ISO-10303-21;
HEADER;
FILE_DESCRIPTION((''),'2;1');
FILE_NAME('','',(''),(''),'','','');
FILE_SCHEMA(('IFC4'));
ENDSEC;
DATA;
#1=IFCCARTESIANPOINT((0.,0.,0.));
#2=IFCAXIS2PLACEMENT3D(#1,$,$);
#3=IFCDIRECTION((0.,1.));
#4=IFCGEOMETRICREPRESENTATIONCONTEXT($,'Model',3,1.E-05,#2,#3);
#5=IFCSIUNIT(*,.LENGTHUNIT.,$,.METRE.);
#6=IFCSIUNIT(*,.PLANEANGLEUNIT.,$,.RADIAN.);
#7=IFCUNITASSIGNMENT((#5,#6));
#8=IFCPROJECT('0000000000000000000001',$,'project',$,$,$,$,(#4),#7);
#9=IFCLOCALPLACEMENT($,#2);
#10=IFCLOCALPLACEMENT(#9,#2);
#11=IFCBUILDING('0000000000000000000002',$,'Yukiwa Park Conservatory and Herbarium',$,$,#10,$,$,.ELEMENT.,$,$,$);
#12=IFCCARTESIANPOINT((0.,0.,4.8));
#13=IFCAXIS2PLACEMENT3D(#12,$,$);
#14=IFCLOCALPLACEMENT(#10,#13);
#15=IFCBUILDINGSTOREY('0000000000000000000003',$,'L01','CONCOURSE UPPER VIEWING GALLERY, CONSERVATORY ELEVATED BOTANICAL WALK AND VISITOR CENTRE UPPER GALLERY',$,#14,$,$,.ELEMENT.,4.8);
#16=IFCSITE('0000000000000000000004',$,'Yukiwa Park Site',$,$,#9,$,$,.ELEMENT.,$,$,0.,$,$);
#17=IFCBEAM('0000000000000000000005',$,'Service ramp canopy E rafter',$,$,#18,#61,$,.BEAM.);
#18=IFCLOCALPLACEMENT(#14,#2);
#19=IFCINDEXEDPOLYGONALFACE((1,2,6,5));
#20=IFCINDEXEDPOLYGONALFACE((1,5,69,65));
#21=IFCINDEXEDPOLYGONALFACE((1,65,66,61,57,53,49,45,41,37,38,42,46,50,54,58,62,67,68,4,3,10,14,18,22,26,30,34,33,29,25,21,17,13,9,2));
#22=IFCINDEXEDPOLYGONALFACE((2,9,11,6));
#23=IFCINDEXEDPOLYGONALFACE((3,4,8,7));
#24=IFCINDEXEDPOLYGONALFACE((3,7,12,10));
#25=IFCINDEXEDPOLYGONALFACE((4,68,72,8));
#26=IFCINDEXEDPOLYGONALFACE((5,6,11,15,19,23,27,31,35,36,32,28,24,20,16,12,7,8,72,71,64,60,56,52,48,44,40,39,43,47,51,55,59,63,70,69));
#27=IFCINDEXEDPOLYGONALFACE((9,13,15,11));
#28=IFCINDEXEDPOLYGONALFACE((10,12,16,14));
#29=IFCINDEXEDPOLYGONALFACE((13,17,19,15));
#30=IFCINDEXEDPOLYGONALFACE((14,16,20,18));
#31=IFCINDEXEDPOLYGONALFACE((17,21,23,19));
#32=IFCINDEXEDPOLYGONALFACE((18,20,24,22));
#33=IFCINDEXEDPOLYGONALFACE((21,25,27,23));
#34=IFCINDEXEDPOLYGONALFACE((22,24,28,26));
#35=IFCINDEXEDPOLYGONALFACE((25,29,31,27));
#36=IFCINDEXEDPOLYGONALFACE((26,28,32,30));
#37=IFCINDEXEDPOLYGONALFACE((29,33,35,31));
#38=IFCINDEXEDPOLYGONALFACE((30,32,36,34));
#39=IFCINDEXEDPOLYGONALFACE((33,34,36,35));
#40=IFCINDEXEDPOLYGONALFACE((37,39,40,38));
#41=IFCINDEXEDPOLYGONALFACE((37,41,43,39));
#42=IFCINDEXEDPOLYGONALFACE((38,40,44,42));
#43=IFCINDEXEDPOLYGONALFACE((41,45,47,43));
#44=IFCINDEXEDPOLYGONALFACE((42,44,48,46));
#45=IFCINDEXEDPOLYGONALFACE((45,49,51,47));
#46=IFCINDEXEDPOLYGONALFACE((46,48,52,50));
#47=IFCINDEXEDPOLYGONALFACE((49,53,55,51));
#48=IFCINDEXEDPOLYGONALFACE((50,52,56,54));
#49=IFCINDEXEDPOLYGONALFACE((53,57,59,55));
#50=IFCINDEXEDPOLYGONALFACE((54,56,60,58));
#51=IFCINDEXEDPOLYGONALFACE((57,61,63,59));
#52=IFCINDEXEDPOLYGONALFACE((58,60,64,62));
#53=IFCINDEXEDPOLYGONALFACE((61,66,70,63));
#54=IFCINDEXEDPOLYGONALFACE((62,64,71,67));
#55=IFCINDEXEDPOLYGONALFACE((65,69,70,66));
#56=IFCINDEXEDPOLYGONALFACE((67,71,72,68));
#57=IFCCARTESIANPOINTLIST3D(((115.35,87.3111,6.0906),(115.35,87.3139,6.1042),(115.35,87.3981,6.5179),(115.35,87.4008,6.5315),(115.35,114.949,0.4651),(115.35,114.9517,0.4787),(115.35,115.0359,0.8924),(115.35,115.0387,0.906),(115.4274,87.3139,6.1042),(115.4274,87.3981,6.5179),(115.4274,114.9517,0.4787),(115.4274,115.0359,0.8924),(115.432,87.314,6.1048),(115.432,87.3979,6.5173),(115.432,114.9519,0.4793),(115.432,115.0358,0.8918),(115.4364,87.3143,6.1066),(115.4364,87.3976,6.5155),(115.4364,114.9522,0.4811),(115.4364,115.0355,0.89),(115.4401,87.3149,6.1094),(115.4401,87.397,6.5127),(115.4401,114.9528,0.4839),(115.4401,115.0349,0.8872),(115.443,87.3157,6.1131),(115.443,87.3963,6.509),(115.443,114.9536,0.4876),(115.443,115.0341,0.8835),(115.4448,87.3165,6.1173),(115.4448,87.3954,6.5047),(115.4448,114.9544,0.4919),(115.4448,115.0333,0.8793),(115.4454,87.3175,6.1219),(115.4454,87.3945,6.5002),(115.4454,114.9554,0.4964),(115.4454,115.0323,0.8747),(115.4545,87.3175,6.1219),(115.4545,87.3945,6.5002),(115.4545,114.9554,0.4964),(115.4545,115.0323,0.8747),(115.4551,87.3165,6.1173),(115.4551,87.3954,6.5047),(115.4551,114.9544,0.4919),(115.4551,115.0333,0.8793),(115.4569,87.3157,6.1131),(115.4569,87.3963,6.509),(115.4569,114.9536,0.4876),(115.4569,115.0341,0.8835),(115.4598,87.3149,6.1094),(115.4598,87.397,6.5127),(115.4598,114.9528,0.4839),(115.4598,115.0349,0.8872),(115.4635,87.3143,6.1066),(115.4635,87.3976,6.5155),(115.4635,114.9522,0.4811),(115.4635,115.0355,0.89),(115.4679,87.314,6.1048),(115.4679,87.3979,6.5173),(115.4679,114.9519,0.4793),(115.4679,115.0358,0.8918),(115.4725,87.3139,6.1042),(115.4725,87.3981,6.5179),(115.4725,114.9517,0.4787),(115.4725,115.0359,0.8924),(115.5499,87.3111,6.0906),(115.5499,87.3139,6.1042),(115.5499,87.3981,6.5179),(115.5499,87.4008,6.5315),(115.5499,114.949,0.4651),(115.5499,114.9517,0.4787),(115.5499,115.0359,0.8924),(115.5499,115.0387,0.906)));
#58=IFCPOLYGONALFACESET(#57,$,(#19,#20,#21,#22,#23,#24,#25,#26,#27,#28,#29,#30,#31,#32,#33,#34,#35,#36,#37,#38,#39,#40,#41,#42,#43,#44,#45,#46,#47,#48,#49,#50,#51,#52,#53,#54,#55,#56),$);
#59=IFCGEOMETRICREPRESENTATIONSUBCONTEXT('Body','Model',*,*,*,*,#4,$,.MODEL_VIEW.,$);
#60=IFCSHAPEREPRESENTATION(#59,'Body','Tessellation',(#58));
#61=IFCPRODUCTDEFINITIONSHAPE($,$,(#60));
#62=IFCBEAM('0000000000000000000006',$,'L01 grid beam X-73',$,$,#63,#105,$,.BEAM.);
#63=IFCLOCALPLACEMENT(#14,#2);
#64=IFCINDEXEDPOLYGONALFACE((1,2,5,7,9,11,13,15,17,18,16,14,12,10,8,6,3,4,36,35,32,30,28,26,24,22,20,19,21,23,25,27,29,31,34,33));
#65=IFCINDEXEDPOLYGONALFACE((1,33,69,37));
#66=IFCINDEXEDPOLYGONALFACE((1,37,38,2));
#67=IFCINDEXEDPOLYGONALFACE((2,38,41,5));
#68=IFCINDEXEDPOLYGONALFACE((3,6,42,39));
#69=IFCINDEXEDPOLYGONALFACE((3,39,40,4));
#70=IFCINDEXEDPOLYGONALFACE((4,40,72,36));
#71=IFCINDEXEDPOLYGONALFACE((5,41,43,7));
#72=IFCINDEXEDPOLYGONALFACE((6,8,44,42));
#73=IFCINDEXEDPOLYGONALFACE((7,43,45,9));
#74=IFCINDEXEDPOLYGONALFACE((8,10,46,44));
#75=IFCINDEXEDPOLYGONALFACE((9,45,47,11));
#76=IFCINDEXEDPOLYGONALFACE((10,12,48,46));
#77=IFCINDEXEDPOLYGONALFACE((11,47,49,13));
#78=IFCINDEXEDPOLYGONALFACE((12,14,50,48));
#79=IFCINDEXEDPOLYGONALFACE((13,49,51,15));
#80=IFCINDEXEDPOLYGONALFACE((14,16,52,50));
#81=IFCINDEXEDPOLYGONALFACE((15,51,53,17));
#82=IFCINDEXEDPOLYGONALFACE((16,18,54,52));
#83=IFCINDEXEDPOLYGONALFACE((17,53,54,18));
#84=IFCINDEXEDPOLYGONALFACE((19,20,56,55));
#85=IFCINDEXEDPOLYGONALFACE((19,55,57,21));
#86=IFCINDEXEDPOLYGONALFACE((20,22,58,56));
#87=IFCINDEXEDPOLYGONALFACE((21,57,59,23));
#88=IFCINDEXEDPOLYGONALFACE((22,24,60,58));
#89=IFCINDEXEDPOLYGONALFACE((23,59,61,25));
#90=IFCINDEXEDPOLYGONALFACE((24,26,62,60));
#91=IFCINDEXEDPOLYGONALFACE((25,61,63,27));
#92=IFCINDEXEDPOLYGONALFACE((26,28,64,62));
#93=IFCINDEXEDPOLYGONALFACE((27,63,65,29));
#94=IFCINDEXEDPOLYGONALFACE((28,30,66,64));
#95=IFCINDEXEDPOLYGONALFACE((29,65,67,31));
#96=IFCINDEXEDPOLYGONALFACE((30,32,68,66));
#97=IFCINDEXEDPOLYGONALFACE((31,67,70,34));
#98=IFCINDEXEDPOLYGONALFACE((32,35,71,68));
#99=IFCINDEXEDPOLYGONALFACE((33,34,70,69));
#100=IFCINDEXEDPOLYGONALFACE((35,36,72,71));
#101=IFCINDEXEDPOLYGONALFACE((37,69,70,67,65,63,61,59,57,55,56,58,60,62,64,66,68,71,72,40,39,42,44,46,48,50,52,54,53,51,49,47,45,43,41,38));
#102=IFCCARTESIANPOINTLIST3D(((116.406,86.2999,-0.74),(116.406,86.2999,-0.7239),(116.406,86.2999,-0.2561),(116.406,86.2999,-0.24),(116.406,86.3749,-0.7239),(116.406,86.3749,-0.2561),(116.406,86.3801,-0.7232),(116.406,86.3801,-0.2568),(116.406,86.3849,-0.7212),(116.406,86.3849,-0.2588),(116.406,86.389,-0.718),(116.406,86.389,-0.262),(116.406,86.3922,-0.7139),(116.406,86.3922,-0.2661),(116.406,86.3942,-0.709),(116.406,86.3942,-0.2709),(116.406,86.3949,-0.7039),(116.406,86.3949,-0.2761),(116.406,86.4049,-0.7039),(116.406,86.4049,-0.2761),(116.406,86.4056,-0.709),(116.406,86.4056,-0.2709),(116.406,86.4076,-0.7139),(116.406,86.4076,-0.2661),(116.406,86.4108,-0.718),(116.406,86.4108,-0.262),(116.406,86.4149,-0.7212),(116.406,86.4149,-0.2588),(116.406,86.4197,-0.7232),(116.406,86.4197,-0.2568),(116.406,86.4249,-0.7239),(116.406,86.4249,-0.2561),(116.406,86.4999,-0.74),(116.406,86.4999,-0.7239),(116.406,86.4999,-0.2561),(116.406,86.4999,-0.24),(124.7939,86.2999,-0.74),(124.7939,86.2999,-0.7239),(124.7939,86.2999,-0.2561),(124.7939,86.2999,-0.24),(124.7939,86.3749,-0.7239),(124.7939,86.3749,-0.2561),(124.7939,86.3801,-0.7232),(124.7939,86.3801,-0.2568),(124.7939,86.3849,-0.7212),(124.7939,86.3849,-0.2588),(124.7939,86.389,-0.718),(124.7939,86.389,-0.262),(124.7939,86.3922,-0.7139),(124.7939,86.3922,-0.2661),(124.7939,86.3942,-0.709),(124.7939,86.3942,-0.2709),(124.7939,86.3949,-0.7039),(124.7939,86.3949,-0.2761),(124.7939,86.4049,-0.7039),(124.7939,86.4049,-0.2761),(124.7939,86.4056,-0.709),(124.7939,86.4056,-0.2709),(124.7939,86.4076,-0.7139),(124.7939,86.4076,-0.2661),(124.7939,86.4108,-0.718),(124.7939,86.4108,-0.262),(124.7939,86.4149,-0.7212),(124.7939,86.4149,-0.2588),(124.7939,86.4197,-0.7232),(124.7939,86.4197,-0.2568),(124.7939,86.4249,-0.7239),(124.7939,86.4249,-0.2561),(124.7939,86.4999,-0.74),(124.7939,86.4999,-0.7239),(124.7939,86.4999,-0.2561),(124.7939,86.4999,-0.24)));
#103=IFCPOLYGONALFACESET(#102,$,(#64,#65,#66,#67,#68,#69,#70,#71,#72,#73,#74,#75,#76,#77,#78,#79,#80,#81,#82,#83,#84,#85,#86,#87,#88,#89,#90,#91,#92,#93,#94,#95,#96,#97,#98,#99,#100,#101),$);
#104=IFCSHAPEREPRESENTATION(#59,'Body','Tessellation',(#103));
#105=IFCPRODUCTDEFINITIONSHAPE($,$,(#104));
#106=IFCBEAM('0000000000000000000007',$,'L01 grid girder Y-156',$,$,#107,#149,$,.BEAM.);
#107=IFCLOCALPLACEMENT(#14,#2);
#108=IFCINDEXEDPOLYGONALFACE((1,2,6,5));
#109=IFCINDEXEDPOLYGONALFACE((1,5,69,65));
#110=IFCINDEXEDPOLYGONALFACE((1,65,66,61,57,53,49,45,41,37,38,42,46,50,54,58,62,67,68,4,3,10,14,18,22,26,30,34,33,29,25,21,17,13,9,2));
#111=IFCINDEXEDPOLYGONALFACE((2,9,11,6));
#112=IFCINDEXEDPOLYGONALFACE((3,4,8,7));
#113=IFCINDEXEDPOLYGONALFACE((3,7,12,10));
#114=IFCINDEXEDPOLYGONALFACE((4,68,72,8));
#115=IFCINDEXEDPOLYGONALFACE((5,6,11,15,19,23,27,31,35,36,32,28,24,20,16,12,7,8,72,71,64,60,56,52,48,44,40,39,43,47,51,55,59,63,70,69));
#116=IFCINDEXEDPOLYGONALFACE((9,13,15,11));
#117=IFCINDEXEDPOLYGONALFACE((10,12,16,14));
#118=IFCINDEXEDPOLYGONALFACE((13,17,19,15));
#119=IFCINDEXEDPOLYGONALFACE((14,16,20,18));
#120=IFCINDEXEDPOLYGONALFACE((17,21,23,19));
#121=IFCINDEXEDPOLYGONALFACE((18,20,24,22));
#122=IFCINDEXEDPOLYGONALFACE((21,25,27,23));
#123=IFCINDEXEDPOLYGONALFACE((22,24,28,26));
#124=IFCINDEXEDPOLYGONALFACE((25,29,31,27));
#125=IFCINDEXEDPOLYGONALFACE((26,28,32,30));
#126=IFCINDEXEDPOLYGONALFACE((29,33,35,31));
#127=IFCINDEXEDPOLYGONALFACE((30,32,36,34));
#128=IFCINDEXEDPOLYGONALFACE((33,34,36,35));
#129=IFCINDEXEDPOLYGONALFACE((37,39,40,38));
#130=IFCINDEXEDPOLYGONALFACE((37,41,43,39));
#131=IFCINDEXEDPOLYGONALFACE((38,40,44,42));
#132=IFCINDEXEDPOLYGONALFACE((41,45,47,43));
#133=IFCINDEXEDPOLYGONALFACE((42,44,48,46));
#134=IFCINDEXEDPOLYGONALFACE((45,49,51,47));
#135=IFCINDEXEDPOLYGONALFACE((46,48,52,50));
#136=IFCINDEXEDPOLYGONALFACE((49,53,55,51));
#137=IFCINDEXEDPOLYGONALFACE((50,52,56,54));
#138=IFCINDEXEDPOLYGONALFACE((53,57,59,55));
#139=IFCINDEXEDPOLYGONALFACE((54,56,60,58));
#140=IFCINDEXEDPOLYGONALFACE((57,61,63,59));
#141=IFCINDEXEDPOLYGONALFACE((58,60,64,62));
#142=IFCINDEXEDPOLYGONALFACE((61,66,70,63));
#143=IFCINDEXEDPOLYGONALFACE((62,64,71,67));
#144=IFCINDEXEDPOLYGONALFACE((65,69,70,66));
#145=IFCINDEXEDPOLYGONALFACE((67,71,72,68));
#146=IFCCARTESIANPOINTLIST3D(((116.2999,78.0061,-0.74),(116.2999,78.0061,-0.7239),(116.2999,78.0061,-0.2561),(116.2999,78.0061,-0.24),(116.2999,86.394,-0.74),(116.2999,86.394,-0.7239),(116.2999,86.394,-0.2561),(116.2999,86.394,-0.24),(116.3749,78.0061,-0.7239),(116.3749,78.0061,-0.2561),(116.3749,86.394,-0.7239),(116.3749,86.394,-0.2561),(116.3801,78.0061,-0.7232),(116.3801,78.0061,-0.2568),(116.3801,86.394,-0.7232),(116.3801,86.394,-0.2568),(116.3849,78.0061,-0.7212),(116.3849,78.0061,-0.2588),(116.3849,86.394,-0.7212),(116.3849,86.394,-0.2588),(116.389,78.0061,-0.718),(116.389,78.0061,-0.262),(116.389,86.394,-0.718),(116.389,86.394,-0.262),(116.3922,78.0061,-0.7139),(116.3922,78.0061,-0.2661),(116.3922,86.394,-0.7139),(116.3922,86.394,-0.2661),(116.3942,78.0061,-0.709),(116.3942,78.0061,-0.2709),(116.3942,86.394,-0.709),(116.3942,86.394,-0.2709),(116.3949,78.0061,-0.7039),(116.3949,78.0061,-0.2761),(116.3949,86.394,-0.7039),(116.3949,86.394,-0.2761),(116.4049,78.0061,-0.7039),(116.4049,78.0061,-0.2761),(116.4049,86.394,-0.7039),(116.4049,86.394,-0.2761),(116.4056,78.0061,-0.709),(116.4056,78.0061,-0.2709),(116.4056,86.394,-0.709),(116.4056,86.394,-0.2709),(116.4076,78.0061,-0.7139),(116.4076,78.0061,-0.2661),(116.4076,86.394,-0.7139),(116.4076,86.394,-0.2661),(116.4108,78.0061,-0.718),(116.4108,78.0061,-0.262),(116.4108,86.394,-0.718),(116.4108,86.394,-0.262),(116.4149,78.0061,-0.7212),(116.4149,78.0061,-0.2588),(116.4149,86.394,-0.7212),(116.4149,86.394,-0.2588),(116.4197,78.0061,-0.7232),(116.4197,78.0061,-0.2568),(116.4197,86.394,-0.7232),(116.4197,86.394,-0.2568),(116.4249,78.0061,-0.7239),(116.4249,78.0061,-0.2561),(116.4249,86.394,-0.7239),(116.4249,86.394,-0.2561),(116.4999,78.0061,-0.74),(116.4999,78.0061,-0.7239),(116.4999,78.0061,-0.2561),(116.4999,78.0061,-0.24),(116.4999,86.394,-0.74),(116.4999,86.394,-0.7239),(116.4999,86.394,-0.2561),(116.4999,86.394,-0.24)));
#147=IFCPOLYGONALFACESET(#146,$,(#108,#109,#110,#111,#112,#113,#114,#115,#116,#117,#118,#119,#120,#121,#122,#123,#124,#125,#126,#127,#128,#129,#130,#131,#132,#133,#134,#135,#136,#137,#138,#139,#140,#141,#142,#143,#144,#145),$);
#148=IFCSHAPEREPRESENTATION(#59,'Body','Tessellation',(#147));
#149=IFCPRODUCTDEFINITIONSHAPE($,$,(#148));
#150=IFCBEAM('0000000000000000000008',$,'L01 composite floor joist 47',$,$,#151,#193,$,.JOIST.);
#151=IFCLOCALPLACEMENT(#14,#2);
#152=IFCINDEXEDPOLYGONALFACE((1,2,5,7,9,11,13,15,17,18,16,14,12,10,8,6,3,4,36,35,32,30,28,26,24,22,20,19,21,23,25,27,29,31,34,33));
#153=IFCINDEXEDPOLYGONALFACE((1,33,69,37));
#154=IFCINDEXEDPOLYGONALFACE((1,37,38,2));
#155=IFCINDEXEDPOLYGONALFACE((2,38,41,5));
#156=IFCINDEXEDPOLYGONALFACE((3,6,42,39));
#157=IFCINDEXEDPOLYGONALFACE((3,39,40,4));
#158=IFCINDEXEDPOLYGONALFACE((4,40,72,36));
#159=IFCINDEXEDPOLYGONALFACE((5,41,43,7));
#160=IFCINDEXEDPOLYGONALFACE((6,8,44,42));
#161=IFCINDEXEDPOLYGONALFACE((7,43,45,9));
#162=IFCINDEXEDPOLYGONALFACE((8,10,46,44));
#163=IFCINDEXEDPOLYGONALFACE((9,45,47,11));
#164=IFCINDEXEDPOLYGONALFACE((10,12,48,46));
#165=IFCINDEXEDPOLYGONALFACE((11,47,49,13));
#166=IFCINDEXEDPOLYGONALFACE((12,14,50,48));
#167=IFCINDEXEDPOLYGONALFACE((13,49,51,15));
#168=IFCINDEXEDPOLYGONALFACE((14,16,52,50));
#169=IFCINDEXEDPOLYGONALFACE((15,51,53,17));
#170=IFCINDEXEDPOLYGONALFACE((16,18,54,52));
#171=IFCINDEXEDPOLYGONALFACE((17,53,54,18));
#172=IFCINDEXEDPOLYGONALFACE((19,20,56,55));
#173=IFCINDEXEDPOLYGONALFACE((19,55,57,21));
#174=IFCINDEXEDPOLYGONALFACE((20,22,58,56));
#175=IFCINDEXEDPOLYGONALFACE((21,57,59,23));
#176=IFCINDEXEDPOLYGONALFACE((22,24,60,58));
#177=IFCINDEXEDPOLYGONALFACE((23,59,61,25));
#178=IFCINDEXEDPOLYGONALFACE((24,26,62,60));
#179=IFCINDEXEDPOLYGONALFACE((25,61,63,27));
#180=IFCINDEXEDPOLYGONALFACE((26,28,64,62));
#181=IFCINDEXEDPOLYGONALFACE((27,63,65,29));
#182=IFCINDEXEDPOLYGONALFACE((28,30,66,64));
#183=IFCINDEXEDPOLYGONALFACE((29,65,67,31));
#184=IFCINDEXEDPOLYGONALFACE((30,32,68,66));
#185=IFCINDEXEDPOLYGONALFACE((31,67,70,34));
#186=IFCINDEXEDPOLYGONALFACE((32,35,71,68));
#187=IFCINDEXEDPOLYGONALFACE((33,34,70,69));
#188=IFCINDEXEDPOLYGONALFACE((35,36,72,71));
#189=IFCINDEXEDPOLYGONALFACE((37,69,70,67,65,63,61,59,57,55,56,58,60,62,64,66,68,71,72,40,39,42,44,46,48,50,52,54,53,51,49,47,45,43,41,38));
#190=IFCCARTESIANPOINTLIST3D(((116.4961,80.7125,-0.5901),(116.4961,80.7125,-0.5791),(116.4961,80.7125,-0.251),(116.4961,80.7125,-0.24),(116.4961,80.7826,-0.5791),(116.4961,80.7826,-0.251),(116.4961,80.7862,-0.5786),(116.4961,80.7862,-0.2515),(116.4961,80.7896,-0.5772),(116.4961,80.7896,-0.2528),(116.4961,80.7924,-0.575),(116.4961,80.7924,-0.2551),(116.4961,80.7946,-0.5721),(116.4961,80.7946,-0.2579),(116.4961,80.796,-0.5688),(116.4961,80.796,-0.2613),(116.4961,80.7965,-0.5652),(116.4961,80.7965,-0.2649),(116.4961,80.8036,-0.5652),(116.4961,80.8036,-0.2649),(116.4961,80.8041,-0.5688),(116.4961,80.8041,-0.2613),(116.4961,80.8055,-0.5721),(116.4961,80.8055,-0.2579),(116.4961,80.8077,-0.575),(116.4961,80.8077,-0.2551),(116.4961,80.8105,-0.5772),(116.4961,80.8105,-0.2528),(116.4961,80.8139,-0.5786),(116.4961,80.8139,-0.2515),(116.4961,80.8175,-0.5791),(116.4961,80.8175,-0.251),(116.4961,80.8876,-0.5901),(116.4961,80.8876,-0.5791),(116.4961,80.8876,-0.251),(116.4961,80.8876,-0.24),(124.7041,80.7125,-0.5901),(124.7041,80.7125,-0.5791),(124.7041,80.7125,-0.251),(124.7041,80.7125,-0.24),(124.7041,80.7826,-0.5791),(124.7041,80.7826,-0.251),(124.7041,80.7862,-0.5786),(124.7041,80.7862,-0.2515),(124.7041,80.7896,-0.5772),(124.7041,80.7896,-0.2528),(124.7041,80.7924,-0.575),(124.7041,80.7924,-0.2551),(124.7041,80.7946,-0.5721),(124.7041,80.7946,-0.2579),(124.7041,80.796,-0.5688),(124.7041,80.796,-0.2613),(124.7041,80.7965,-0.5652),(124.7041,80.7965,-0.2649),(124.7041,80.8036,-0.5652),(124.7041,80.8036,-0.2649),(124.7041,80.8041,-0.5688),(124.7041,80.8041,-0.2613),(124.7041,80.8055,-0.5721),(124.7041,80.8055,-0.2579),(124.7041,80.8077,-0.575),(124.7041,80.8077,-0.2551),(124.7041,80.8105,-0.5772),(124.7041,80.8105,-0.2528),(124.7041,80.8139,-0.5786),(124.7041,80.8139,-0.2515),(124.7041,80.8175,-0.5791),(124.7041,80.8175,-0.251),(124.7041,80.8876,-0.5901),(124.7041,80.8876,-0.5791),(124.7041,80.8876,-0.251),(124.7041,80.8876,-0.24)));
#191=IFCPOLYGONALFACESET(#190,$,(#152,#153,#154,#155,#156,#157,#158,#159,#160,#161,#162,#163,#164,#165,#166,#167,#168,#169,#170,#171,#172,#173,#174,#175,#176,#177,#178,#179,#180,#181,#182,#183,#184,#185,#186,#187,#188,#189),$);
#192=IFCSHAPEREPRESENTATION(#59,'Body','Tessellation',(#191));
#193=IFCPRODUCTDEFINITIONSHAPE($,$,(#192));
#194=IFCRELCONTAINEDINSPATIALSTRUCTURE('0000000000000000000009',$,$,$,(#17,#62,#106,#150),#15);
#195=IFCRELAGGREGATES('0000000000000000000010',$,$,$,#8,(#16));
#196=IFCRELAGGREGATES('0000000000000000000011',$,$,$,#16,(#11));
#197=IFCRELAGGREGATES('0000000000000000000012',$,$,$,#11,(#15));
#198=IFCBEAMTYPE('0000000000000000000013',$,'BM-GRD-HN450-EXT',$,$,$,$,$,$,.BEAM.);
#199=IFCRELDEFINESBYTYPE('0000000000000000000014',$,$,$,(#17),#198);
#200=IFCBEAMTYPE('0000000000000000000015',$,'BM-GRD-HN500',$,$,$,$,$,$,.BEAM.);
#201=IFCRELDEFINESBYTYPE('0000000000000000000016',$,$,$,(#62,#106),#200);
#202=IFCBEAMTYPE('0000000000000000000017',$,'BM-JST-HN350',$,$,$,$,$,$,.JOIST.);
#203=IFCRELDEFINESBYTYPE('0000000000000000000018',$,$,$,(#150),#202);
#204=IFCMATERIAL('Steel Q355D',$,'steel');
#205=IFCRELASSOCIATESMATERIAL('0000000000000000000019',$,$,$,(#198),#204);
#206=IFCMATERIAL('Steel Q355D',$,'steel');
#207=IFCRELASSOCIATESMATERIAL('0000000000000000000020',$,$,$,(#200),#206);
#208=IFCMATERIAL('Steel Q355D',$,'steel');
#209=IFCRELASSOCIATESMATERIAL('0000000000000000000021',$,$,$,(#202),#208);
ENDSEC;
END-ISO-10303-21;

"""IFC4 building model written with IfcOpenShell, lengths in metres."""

from ifc_helpers import new_model, si_unit, direction, frame, origin, origin_2d, place, context, subcontext, project, spatial, i_section, extrude, material, material_profile, profile_set, type_object, element, save


model = new_model("IFC4")

# Units and contexts
model_context = context("Model", 3, precision=1e-05, world=origin(), true_north=direction((0.0, 1.0)))
body_context = subcontext(model_context, "Body", "Model", "MODEL_VIEW")
ifc_project = project(units=[si_unit("LENGTHUNIT", "METRE"), si_unit("PLANEANGLEUNIT", "RADIAN")], contexts=[model_context])

# Site, building, storey
site_placement = place(None, origin())
site = spatial("IfcSite", under=ifc_project, at=site_placement, Name="Yukiwa Park Site", CompositionType="ELEMENT", RefElevation=0.0)
building_placement = place(site_placement, origin())
building = spatial("IfcBuilding", under=site, at=building_placement, Name="Yukiwa Park Conservatory and Herbarium", CompositionType="ELEMENT")
storey_placement = place(building_placement, frame((0.0, 0.0, 4.8)))
storey = spatial("IfcBuildingStorey", under=building, at=storey_placement, Name="L01", Description="CONCOURSE UPPER VIEWING GALLERY, CONSERVATORY ELEVATED BOTANICAL WALK AND VISITOR CENTRE UPPER GALLERY", CompositionType="ELEMENT", Elevation=4.8)

# Beams
ifc_material_1 = material(Name="Steel Q355D", Category="steel")
ifc_material_profile_1 = material_profile(ifc_material_1, i_section(OverallWidth=0.2, OverallDepth=0.45, WebThickness=0.009, FlangeThickness=0.0139, FilletRadius=0.0181, at=origin_2d()), Name="HN 450x200x9x14")
ifc_profile_set_1 = profile_set([ifc_material_profile_1], Name="Steel Q355D")
beam_type_1 = type_object("IfcBeamType", Name="BM-GRD-HN450-EXT", PredefinedType="BEAM", material=ifc_profile_set_1)
beam_1_placement = place(storey_placement, frame((115.45, 87.356, 6.311), z_axis=(0.0, 0.979907, -0.199453), x_axis=(-1.0, 0.0, 0.0)))
element("IfcBeam", 1, at=beam_1_placement, inside=storey, type_object=beam_type_1, Name="Service ramp canopy E rafter", PredefinedType="BEAM", context=body_context, shape_type="SweptSolid", body=[
    extrude(i_section(OverallWidth=0.2, OverallDepth=0.45, WebThickness=0.009, FlangeThickness=0.0139, FilletRadius=0.0181, at=origin_2d()), origin(), (0.0, 0.0, 1.0), 28.2046),
])
ifc_material_2 = material(Name="Steel Q355D", Category="steel")
ifc_material_profile_2 = material_profile(ifc_material_2, i_section(OverallWidth=0.2, OverallDepth=0.5, WebThickness=0.01, FlangeThickness=0.0161, FilletRadius=0.02, at=origin_2d()), Name="HN 500x200x10x16")
ifc_profile_set_2 = profile_set([ifc_material_profile_2], Name="Steel Q355D")
beam_type_2 = type_object("IfcBeamType", Name="BM-GRD-HN500", PredefinedType="BEAM", material=ifc_profile_set_2)
for number, where, z_axis, x_axis, name in (
    (2, (116.406, 86.3999, -0.49), (1.0, 0.0, 0.0), (0.0, 1.0, 0.0), "L01 grid beam X-73"),
    (3, (116.3999, 78.0061, -0.49), (0.0, 1.0, 0.0), (-1.0, 0.0, 0.0), "L01 grid girder Y-156"),
):
    element("IfcBeam", number, at=place(storey_placement, frame(where, z_axis=z_axis, x_axis=x_axis)), inside=storey, type_object=beam_type_2, Name=name, PredefinedType="BEAM", context=body_context, shape_type="SweptSolid", body=[
        extrude(i_section(OverallWidth=0.2, OverallDepth=0.5, WebThickness=0.01, FlangeThickness=0.0161, FilletRadius=0.02, at=origin_2d()), origin(), (0.0, 0.0, 1.0), 8.3879),
    ])
ifc_material_3 = material(Name="Steel Q355D", Category="steel")
ifc_material_profile_3 = material_profile(ifc_material_3, i_section(OverallWidth=0.175, OverallDepth=0.3501, WebThickness=0.0071, FlangeThickness=0.011, FilletRadius=0.0139, at=origin_2d()), Name="HN 350x175x7x11")
ifc_profile_set_3 = profile_set([ifc_material_profile_3], Name="Steel Q355D")
beam_type_3 = type_object("IfcBeamType", Name="BM-JST-HN350", PredefinedType="JOIST", material=ifc_profile_set_3)
beam_2_placement = place(storey_placement, frame((116.4961, 80.8, -0.415), z_axis=(1.0, 0.0, 0.0), x_axis=(0.0, 1.0, 0.0)))
element("IfcBeam", 4, at=beam_2_placement, inside=storey, type_object=beam_type_3, Name="L01 composite floor joist 47", PredefinedType="JOIST", context=body_context, shape_type="SweptSolid", body=[
    extrude(i_section(OverallWidth=0.175, OverallDepth=0.3501, WebThickness=0.0071, FlangeThickness=0.011, FilletRadius=0.0139, at=origin_2d()), origin(), (0.0, 0.0, 1.0), 8.208),
])

save(model, "model.ifc")
